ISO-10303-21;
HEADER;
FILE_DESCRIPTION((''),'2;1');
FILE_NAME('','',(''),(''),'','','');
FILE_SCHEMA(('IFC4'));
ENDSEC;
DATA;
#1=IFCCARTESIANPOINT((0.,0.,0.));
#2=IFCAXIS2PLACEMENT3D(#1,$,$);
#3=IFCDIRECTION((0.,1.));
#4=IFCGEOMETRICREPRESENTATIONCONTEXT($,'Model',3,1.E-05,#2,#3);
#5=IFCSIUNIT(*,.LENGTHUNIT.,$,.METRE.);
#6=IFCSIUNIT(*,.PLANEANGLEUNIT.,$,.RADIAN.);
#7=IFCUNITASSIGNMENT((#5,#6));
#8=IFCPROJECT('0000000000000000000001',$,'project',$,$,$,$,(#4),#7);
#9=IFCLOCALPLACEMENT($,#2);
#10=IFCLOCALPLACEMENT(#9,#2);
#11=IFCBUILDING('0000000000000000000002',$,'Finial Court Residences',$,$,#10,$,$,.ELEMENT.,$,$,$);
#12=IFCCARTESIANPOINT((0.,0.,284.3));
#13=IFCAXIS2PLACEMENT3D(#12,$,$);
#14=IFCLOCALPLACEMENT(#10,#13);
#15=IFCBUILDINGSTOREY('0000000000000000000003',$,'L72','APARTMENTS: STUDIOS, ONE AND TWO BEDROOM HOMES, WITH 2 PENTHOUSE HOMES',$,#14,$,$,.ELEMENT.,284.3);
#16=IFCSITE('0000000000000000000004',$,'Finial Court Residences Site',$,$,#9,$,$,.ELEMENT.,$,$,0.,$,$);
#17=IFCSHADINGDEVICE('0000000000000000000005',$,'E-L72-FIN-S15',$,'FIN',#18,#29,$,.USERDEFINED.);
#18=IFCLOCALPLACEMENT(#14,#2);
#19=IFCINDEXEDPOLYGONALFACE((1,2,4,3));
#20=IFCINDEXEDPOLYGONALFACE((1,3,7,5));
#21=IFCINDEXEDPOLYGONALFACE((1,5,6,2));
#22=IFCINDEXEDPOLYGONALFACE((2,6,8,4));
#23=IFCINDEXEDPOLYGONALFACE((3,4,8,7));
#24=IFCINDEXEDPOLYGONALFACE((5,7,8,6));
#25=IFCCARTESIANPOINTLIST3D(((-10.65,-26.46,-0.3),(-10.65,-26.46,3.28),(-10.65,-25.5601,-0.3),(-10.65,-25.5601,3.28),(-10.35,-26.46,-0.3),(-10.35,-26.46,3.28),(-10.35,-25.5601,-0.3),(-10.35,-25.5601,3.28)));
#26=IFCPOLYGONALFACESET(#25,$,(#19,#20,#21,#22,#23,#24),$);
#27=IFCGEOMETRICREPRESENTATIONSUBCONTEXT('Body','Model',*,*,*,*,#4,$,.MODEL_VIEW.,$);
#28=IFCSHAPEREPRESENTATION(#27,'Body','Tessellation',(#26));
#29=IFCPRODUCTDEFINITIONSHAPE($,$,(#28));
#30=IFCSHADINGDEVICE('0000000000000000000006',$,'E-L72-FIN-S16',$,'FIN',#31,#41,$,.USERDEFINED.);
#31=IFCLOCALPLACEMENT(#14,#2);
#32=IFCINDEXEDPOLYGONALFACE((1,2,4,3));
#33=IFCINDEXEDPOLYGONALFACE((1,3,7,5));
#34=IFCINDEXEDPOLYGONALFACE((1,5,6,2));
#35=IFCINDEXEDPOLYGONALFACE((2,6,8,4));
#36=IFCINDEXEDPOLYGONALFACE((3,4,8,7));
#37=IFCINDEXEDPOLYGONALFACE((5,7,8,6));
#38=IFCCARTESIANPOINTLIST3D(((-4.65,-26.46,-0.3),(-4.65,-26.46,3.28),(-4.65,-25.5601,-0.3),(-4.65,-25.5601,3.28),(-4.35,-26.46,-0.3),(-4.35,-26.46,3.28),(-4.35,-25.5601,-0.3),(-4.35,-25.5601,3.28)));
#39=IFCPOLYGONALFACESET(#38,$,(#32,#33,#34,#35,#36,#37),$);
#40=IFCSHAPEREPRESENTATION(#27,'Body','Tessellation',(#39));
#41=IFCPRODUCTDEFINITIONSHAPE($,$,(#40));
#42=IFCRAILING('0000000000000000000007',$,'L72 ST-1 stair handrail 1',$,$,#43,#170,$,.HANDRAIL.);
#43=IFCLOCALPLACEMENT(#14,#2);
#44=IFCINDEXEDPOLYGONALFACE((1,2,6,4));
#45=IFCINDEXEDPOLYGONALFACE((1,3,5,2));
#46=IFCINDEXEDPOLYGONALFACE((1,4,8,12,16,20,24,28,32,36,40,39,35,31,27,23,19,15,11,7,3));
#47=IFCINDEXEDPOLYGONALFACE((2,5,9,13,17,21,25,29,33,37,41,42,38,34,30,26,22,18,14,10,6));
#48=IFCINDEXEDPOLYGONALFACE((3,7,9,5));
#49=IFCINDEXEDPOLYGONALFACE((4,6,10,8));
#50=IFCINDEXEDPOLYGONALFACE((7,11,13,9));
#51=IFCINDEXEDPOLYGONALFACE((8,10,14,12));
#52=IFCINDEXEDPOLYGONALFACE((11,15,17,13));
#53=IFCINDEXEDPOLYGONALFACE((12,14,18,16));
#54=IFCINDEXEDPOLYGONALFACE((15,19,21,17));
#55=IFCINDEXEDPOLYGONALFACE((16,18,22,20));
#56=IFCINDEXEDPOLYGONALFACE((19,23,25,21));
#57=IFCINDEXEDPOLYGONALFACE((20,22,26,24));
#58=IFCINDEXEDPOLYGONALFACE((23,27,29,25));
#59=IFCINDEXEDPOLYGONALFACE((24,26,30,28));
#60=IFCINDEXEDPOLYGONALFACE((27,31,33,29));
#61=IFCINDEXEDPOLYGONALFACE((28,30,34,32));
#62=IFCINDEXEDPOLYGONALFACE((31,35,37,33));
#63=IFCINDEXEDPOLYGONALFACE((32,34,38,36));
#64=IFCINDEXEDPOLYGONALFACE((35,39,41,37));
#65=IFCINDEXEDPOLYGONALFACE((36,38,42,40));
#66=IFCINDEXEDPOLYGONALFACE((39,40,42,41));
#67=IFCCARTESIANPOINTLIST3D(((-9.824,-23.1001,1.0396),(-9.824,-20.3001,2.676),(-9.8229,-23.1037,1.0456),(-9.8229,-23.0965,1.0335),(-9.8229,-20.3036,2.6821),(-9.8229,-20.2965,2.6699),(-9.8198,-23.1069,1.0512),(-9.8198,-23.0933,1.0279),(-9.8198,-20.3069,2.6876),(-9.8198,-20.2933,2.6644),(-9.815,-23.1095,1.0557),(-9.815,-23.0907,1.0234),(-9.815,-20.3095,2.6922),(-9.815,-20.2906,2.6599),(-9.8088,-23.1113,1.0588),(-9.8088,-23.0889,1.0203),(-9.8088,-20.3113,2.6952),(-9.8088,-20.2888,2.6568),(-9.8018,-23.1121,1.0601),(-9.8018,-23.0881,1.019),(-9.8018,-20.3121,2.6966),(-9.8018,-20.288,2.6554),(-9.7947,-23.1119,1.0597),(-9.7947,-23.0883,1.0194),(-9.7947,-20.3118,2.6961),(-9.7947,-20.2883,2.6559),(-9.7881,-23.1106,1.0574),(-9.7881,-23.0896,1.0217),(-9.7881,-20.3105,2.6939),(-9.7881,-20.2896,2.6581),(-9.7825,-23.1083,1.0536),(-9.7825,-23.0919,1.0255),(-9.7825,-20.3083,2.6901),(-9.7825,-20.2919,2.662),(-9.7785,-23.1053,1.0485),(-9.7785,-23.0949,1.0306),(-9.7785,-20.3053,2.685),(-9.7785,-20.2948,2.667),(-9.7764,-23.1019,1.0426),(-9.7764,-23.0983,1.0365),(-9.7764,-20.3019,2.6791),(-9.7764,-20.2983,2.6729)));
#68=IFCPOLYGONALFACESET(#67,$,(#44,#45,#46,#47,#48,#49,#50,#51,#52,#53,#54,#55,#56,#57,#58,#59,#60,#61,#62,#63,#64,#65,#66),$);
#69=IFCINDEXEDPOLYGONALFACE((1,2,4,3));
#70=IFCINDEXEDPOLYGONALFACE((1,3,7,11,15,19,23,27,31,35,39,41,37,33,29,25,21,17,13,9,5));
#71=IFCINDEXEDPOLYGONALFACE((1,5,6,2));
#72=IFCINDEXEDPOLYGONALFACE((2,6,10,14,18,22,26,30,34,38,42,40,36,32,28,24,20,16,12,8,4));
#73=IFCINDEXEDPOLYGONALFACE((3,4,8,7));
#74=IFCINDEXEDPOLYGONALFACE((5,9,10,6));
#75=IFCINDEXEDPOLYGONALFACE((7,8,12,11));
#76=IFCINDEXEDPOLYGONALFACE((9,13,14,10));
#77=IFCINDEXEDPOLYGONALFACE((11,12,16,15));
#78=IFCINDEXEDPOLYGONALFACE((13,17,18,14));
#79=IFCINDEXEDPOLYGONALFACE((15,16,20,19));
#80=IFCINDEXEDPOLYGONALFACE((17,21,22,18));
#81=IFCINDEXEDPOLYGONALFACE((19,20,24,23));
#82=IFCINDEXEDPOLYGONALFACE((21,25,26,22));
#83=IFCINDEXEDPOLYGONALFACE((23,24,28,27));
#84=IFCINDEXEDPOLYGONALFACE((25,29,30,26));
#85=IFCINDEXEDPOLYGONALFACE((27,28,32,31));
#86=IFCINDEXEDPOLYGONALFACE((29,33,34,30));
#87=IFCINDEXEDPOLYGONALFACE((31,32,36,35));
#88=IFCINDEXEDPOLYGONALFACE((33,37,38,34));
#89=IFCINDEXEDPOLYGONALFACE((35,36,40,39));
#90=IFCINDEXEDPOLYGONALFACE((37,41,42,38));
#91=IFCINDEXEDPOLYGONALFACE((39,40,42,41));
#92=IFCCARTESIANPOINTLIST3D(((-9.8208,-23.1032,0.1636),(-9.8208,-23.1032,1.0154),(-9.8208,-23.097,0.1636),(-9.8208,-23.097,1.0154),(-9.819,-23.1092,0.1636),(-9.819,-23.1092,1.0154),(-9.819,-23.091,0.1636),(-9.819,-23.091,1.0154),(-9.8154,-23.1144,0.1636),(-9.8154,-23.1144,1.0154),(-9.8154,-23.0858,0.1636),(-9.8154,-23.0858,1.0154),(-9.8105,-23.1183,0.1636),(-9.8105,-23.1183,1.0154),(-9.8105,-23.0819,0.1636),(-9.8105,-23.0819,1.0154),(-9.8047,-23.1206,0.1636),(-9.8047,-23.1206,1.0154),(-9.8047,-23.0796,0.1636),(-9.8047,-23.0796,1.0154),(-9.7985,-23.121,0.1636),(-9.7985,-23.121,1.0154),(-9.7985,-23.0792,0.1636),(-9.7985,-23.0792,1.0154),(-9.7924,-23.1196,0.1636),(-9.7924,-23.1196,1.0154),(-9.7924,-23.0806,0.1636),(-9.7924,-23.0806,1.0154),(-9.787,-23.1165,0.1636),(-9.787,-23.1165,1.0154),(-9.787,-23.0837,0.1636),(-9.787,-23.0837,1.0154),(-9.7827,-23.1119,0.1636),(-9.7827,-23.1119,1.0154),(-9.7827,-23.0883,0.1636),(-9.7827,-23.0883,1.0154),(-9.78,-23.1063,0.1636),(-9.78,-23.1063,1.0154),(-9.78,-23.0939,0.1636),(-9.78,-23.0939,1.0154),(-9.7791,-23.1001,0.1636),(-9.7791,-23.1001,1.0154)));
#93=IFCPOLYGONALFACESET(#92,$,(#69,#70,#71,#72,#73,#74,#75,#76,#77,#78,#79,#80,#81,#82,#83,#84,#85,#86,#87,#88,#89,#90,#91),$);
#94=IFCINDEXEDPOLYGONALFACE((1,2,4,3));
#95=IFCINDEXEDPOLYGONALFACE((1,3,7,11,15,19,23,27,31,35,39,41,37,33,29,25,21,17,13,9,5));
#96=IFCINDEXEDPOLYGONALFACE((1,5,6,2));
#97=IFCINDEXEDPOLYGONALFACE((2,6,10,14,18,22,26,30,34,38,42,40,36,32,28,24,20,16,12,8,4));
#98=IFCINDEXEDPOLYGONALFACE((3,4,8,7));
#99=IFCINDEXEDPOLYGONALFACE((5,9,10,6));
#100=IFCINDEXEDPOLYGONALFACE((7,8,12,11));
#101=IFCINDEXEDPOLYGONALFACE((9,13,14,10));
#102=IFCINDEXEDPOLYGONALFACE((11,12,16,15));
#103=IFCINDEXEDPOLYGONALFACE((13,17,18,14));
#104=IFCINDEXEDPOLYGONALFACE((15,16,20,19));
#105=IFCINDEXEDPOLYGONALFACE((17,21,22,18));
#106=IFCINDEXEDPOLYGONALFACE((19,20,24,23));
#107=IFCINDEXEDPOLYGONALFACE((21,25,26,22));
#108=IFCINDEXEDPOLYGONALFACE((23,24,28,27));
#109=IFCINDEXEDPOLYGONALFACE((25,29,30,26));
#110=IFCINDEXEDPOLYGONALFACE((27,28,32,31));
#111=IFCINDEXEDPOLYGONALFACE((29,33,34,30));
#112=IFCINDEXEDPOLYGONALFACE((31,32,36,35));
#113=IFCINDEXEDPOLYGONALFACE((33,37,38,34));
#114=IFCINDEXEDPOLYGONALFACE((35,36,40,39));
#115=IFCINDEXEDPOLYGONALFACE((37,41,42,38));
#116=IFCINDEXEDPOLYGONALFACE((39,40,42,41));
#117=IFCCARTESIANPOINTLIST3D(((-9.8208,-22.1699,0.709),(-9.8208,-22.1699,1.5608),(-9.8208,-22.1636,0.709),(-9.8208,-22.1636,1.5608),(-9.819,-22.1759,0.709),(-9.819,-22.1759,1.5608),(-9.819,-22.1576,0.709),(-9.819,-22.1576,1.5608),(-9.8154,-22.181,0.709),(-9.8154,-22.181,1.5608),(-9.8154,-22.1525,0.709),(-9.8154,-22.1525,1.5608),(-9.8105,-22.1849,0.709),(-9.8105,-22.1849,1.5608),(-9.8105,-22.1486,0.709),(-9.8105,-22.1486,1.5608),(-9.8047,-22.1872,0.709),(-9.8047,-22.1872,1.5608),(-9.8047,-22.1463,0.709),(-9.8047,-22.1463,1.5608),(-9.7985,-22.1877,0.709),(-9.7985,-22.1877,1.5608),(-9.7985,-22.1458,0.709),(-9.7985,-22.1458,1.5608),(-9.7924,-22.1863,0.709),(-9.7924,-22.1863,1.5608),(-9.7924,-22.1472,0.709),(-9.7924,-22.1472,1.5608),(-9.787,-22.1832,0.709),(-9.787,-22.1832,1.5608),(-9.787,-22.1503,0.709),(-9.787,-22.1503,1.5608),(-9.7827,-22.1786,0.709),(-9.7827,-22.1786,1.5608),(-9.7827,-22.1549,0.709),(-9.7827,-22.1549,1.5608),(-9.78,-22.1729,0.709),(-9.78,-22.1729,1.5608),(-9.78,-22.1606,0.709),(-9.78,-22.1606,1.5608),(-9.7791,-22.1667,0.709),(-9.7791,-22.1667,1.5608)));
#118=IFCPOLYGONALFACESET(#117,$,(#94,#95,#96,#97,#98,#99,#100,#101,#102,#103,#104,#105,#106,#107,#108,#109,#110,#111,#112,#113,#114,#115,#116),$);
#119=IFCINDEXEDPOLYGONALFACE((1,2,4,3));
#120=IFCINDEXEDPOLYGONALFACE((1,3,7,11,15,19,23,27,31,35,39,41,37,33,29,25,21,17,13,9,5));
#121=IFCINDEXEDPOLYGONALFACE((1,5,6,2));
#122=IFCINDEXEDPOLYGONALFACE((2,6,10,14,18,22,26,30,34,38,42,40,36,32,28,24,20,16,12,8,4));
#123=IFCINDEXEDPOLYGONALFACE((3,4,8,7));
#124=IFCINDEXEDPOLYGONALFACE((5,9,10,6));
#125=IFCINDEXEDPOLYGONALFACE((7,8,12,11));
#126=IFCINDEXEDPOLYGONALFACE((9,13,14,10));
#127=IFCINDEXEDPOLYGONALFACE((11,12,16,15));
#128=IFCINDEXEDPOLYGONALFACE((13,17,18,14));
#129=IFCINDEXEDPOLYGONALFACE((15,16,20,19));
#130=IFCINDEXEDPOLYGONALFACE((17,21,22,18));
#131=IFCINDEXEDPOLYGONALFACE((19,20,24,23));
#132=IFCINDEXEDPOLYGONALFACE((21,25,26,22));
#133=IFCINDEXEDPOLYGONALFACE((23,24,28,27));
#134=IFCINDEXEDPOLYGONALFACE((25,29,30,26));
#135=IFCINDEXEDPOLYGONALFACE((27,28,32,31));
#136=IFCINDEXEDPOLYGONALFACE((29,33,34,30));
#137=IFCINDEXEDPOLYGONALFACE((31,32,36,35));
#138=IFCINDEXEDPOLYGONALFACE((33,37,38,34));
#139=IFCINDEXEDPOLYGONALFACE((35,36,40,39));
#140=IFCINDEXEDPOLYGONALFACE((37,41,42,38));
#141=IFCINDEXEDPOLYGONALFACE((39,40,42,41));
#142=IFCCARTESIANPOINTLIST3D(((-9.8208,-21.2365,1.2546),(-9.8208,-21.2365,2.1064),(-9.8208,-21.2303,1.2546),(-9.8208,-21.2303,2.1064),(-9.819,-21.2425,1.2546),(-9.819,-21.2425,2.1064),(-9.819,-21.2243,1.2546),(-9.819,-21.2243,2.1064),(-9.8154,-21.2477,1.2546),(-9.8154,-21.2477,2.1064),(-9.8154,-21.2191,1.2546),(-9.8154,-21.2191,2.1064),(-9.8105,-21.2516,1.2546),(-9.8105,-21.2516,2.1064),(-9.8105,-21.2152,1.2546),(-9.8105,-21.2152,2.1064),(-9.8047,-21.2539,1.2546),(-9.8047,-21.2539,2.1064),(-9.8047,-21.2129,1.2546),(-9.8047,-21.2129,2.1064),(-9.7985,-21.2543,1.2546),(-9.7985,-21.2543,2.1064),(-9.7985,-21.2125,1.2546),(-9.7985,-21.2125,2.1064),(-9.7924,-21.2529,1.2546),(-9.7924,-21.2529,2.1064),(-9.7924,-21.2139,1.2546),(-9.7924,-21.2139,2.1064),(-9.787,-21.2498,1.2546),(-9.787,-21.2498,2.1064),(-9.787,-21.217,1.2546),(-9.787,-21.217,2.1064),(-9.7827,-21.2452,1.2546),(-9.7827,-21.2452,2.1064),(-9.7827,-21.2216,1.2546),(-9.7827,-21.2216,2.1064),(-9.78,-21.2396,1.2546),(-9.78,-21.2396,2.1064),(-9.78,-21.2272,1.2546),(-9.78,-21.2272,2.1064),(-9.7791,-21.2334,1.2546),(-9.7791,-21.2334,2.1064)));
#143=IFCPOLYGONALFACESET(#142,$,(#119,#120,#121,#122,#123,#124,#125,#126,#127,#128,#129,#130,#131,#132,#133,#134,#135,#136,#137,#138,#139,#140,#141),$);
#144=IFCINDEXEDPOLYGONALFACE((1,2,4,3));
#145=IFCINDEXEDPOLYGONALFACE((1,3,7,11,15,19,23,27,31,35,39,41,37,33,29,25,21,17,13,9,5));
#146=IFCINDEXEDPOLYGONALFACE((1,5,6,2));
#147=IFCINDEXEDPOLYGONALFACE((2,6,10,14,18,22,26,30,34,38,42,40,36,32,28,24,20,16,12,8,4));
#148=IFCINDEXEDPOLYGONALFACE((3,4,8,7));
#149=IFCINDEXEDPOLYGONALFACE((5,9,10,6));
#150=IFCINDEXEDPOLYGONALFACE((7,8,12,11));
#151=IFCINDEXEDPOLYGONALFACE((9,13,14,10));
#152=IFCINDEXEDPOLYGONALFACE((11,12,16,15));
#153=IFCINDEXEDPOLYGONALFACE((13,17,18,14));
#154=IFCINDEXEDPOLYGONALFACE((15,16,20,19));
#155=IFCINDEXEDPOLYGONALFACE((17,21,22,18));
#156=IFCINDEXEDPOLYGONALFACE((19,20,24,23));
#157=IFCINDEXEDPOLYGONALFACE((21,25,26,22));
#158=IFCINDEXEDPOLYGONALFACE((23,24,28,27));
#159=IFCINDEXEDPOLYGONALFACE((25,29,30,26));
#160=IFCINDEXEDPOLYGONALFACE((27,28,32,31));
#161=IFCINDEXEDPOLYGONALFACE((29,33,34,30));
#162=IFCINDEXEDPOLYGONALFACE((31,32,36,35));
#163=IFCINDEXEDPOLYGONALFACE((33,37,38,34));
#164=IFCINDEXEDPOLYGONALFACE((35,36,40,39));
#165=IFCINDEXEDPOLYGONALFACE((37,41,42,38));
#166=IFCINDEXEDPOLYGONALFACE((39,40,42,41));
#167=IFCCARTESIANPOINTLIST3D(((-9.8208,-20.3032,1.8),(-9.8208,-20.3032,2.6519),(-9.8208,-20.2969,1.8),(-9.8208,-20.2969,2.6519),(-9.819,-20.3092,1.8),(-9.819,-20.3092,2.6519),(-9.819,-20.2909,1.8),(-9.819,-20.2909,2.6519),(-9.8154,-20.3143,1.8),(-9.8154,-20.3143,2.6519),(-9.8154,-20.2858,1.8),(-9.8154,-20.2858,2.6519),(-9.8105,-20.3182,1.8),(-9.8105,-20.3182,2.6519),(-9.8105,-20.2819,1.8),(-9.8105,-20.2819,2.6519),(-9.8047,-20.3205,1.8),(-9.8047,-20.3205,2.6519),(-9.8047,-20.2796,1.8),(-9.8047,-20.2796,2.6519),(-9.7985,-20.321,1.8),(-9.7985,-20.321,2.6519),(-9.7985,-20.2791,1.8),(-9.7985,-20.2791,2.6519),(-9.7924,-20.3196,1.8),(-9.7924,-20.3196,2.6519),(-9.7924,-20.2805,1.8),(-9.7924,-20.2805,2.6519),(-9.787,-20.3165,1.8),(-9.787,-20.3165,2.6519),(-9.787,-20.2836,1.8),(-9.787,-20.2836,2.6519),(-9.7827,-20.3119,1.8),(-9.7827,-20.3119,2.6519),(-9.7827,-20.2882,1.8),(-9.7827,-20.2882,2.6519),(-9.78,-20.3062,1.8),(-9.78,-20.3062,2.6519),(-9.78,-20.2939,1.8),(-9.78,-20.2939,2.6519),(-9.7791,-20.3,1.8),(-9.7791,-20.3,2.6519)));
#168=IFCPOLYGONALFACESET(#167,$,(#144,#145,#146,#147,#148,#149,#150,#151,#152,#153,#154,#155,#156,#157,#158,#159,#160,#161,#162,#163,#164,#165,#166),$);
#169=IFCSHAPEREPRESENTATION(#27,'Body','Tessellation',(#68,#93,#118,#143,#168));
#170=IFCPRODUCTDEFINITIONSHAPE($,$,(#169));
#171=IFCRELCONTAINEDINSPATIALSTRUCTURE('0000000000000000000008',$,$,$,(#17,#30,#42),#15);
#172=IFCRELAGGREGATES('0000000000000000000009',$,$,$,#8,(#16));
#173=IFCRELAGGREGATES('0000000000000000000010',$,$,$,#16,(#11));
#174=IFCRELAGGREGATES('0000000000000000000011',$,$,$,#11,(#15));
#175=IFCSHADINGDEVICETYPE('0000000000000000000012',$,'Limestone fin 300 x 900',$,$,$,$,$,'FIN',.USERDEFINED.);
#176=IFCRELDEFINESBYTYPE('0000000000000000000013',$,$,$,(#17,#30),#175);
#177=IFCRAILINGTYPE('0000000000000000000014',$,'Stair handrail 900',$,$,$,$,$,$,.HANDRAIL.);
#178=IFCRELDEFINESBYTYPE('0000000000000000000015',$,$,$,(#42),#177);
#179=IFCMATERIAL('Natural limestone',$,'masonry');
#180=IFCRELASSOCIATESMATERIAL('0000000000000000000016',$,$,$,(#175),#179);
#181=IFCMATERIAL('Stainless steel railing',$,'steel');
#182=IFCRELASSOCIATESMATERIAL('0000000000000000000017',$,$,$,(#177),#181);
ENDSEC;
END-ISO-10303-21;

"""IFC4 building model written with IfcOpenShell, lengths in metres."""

from ifc_helpers import new_model, si_unit, direction, frame, origin, origin_2d, place, context, subcontext, project, spatial, rectangle, circle, extrude, material, type_object, element, save


model = new_model("IFC4")

# Units and contexts
model_context = context("Model", 3, precision=1e-05, world=origin(), true_north=direction((0.0, 1.0)))
body_context = subcontext(model_context, "Body", "Model", "MODEL_VIEW")
ifc_project = project(units=[si_unit("LENGTHUNIT", "METRE"), si_unit("PLANEANGLEUNIT", "RADIAN")], contexts=[model_context])

# Site, building, storey
site_placement = place(None, origin())
site = spatial("IfcSite", under=ifc_project, at=site_placement, Name="Finial Court Residences Site", CompositionType="ELEMENT", RefElevation=0.0)
building_placement = place(site_placement, origin())
building = spatial("IfcBuilding", under=site, at=building_placement, Name="Finial Court Residences", CompositionType="ELEMENT")
storey_placement = place(building_placement, frame((0.0, 0.0, 284.3)))
storey = spatial("IfcBuildingStorey", under=building, at=storey_placement, Name="L72", Description="APARTMENTS: STUDIOS, ONE AND TWO BEDROOM HOMES, WITH 2 PENTHOUSE HOMES", CompositionType="ELEMENT", Elevation=284.3)

# Shading devices
ifc_material_1 = material(Name="Natural limestone", Category="masonry")
shading_device_type = type_object("IfcShadingDeviceType", Name="Limestone fin 300 x 900", ElementType="FIN", PredefinedType="USERDEFINED", material=ifc_material_1)
for number, where, z_axis, x_axis, name in (
    (1, (-10.5, -26.01, -0.3), (0.0, 0.0, 1.0), (1.0, 0.0, 0.0), "E-L72-FIN-S15"),
    (2, (-4.5, -26.01, -0.3), (0.0, 0.0, 1.0), (1.0, 0.0, 0.0), "E-L72-FIN-S16"),
):
    element("IfcShadingDevice", number, at=place(storey_placement, frame(where, z_axis=z_axis, x_axis=x_axis)), inside=storey, type_object=shading_device_type, Name=name, ObjectType="FIN", PredefinedType="USERDEFINED", context=body_context, shape_type="SweptSolid", body=[
        extrude(rectangle(XDim=0.3, YDim=0.8999, at=origin_2d()), origin(), (0.0, 0.0, 1.0), 3.5801),
    ])

# Railing
ifc_material_2 = material(Name="Stainless steel railing", Category="steel")
railing_type_1 = type_object("IfcRailingType", Name="Stair handrail 900", PredefinedType="HANDRAIL", material=ifc_material_2)
railing_1_placement = place(storey_placement, frame((-9.8, -23.1001, 0.1636)))
element("IfcRailing", 3, at=railing_1_placement, inside=storey, type_object=railing_type_1, Name="L72 ST-1 stair handrail 1", PredefinedType="HANDRAIL", context=body_context, shape_type="SweptSolid", body=[
    extrude(circle(Radius=0.0239, at=origin_2d()), frame((0.0, 0.0, 0.876), z_axis=(0.0, 0.863361, 0.504587), x_axis=(-1.0, 0.0, 0.0)), (0.0, 0.0, 1.0), 3.2432),
    extrude(circle(Radius=0.021, at=origin_2d()), origin(), (0.0, 0.0, 1.0), 0.8518),
    extrude(circle(Radius=0.021, at=origin_2d()), frame((0.0, 0.9333, 0.5454)), (0.0, 0.0, 1.0), 0.8518),
    extrude(circle(Radius=0.021, at=origin_2d()), frame((0.0, 1.8667, 1.0911)), (0.0, 0.0, 1.0), 0.8518),
    extrude(circle(Radius=0.021, at=origin_2d()), frame((0.0, 2.8, 1.6365)), (0.0, 0.0, 1.0), 0.8518),
])

save(model, "model.ifc")
